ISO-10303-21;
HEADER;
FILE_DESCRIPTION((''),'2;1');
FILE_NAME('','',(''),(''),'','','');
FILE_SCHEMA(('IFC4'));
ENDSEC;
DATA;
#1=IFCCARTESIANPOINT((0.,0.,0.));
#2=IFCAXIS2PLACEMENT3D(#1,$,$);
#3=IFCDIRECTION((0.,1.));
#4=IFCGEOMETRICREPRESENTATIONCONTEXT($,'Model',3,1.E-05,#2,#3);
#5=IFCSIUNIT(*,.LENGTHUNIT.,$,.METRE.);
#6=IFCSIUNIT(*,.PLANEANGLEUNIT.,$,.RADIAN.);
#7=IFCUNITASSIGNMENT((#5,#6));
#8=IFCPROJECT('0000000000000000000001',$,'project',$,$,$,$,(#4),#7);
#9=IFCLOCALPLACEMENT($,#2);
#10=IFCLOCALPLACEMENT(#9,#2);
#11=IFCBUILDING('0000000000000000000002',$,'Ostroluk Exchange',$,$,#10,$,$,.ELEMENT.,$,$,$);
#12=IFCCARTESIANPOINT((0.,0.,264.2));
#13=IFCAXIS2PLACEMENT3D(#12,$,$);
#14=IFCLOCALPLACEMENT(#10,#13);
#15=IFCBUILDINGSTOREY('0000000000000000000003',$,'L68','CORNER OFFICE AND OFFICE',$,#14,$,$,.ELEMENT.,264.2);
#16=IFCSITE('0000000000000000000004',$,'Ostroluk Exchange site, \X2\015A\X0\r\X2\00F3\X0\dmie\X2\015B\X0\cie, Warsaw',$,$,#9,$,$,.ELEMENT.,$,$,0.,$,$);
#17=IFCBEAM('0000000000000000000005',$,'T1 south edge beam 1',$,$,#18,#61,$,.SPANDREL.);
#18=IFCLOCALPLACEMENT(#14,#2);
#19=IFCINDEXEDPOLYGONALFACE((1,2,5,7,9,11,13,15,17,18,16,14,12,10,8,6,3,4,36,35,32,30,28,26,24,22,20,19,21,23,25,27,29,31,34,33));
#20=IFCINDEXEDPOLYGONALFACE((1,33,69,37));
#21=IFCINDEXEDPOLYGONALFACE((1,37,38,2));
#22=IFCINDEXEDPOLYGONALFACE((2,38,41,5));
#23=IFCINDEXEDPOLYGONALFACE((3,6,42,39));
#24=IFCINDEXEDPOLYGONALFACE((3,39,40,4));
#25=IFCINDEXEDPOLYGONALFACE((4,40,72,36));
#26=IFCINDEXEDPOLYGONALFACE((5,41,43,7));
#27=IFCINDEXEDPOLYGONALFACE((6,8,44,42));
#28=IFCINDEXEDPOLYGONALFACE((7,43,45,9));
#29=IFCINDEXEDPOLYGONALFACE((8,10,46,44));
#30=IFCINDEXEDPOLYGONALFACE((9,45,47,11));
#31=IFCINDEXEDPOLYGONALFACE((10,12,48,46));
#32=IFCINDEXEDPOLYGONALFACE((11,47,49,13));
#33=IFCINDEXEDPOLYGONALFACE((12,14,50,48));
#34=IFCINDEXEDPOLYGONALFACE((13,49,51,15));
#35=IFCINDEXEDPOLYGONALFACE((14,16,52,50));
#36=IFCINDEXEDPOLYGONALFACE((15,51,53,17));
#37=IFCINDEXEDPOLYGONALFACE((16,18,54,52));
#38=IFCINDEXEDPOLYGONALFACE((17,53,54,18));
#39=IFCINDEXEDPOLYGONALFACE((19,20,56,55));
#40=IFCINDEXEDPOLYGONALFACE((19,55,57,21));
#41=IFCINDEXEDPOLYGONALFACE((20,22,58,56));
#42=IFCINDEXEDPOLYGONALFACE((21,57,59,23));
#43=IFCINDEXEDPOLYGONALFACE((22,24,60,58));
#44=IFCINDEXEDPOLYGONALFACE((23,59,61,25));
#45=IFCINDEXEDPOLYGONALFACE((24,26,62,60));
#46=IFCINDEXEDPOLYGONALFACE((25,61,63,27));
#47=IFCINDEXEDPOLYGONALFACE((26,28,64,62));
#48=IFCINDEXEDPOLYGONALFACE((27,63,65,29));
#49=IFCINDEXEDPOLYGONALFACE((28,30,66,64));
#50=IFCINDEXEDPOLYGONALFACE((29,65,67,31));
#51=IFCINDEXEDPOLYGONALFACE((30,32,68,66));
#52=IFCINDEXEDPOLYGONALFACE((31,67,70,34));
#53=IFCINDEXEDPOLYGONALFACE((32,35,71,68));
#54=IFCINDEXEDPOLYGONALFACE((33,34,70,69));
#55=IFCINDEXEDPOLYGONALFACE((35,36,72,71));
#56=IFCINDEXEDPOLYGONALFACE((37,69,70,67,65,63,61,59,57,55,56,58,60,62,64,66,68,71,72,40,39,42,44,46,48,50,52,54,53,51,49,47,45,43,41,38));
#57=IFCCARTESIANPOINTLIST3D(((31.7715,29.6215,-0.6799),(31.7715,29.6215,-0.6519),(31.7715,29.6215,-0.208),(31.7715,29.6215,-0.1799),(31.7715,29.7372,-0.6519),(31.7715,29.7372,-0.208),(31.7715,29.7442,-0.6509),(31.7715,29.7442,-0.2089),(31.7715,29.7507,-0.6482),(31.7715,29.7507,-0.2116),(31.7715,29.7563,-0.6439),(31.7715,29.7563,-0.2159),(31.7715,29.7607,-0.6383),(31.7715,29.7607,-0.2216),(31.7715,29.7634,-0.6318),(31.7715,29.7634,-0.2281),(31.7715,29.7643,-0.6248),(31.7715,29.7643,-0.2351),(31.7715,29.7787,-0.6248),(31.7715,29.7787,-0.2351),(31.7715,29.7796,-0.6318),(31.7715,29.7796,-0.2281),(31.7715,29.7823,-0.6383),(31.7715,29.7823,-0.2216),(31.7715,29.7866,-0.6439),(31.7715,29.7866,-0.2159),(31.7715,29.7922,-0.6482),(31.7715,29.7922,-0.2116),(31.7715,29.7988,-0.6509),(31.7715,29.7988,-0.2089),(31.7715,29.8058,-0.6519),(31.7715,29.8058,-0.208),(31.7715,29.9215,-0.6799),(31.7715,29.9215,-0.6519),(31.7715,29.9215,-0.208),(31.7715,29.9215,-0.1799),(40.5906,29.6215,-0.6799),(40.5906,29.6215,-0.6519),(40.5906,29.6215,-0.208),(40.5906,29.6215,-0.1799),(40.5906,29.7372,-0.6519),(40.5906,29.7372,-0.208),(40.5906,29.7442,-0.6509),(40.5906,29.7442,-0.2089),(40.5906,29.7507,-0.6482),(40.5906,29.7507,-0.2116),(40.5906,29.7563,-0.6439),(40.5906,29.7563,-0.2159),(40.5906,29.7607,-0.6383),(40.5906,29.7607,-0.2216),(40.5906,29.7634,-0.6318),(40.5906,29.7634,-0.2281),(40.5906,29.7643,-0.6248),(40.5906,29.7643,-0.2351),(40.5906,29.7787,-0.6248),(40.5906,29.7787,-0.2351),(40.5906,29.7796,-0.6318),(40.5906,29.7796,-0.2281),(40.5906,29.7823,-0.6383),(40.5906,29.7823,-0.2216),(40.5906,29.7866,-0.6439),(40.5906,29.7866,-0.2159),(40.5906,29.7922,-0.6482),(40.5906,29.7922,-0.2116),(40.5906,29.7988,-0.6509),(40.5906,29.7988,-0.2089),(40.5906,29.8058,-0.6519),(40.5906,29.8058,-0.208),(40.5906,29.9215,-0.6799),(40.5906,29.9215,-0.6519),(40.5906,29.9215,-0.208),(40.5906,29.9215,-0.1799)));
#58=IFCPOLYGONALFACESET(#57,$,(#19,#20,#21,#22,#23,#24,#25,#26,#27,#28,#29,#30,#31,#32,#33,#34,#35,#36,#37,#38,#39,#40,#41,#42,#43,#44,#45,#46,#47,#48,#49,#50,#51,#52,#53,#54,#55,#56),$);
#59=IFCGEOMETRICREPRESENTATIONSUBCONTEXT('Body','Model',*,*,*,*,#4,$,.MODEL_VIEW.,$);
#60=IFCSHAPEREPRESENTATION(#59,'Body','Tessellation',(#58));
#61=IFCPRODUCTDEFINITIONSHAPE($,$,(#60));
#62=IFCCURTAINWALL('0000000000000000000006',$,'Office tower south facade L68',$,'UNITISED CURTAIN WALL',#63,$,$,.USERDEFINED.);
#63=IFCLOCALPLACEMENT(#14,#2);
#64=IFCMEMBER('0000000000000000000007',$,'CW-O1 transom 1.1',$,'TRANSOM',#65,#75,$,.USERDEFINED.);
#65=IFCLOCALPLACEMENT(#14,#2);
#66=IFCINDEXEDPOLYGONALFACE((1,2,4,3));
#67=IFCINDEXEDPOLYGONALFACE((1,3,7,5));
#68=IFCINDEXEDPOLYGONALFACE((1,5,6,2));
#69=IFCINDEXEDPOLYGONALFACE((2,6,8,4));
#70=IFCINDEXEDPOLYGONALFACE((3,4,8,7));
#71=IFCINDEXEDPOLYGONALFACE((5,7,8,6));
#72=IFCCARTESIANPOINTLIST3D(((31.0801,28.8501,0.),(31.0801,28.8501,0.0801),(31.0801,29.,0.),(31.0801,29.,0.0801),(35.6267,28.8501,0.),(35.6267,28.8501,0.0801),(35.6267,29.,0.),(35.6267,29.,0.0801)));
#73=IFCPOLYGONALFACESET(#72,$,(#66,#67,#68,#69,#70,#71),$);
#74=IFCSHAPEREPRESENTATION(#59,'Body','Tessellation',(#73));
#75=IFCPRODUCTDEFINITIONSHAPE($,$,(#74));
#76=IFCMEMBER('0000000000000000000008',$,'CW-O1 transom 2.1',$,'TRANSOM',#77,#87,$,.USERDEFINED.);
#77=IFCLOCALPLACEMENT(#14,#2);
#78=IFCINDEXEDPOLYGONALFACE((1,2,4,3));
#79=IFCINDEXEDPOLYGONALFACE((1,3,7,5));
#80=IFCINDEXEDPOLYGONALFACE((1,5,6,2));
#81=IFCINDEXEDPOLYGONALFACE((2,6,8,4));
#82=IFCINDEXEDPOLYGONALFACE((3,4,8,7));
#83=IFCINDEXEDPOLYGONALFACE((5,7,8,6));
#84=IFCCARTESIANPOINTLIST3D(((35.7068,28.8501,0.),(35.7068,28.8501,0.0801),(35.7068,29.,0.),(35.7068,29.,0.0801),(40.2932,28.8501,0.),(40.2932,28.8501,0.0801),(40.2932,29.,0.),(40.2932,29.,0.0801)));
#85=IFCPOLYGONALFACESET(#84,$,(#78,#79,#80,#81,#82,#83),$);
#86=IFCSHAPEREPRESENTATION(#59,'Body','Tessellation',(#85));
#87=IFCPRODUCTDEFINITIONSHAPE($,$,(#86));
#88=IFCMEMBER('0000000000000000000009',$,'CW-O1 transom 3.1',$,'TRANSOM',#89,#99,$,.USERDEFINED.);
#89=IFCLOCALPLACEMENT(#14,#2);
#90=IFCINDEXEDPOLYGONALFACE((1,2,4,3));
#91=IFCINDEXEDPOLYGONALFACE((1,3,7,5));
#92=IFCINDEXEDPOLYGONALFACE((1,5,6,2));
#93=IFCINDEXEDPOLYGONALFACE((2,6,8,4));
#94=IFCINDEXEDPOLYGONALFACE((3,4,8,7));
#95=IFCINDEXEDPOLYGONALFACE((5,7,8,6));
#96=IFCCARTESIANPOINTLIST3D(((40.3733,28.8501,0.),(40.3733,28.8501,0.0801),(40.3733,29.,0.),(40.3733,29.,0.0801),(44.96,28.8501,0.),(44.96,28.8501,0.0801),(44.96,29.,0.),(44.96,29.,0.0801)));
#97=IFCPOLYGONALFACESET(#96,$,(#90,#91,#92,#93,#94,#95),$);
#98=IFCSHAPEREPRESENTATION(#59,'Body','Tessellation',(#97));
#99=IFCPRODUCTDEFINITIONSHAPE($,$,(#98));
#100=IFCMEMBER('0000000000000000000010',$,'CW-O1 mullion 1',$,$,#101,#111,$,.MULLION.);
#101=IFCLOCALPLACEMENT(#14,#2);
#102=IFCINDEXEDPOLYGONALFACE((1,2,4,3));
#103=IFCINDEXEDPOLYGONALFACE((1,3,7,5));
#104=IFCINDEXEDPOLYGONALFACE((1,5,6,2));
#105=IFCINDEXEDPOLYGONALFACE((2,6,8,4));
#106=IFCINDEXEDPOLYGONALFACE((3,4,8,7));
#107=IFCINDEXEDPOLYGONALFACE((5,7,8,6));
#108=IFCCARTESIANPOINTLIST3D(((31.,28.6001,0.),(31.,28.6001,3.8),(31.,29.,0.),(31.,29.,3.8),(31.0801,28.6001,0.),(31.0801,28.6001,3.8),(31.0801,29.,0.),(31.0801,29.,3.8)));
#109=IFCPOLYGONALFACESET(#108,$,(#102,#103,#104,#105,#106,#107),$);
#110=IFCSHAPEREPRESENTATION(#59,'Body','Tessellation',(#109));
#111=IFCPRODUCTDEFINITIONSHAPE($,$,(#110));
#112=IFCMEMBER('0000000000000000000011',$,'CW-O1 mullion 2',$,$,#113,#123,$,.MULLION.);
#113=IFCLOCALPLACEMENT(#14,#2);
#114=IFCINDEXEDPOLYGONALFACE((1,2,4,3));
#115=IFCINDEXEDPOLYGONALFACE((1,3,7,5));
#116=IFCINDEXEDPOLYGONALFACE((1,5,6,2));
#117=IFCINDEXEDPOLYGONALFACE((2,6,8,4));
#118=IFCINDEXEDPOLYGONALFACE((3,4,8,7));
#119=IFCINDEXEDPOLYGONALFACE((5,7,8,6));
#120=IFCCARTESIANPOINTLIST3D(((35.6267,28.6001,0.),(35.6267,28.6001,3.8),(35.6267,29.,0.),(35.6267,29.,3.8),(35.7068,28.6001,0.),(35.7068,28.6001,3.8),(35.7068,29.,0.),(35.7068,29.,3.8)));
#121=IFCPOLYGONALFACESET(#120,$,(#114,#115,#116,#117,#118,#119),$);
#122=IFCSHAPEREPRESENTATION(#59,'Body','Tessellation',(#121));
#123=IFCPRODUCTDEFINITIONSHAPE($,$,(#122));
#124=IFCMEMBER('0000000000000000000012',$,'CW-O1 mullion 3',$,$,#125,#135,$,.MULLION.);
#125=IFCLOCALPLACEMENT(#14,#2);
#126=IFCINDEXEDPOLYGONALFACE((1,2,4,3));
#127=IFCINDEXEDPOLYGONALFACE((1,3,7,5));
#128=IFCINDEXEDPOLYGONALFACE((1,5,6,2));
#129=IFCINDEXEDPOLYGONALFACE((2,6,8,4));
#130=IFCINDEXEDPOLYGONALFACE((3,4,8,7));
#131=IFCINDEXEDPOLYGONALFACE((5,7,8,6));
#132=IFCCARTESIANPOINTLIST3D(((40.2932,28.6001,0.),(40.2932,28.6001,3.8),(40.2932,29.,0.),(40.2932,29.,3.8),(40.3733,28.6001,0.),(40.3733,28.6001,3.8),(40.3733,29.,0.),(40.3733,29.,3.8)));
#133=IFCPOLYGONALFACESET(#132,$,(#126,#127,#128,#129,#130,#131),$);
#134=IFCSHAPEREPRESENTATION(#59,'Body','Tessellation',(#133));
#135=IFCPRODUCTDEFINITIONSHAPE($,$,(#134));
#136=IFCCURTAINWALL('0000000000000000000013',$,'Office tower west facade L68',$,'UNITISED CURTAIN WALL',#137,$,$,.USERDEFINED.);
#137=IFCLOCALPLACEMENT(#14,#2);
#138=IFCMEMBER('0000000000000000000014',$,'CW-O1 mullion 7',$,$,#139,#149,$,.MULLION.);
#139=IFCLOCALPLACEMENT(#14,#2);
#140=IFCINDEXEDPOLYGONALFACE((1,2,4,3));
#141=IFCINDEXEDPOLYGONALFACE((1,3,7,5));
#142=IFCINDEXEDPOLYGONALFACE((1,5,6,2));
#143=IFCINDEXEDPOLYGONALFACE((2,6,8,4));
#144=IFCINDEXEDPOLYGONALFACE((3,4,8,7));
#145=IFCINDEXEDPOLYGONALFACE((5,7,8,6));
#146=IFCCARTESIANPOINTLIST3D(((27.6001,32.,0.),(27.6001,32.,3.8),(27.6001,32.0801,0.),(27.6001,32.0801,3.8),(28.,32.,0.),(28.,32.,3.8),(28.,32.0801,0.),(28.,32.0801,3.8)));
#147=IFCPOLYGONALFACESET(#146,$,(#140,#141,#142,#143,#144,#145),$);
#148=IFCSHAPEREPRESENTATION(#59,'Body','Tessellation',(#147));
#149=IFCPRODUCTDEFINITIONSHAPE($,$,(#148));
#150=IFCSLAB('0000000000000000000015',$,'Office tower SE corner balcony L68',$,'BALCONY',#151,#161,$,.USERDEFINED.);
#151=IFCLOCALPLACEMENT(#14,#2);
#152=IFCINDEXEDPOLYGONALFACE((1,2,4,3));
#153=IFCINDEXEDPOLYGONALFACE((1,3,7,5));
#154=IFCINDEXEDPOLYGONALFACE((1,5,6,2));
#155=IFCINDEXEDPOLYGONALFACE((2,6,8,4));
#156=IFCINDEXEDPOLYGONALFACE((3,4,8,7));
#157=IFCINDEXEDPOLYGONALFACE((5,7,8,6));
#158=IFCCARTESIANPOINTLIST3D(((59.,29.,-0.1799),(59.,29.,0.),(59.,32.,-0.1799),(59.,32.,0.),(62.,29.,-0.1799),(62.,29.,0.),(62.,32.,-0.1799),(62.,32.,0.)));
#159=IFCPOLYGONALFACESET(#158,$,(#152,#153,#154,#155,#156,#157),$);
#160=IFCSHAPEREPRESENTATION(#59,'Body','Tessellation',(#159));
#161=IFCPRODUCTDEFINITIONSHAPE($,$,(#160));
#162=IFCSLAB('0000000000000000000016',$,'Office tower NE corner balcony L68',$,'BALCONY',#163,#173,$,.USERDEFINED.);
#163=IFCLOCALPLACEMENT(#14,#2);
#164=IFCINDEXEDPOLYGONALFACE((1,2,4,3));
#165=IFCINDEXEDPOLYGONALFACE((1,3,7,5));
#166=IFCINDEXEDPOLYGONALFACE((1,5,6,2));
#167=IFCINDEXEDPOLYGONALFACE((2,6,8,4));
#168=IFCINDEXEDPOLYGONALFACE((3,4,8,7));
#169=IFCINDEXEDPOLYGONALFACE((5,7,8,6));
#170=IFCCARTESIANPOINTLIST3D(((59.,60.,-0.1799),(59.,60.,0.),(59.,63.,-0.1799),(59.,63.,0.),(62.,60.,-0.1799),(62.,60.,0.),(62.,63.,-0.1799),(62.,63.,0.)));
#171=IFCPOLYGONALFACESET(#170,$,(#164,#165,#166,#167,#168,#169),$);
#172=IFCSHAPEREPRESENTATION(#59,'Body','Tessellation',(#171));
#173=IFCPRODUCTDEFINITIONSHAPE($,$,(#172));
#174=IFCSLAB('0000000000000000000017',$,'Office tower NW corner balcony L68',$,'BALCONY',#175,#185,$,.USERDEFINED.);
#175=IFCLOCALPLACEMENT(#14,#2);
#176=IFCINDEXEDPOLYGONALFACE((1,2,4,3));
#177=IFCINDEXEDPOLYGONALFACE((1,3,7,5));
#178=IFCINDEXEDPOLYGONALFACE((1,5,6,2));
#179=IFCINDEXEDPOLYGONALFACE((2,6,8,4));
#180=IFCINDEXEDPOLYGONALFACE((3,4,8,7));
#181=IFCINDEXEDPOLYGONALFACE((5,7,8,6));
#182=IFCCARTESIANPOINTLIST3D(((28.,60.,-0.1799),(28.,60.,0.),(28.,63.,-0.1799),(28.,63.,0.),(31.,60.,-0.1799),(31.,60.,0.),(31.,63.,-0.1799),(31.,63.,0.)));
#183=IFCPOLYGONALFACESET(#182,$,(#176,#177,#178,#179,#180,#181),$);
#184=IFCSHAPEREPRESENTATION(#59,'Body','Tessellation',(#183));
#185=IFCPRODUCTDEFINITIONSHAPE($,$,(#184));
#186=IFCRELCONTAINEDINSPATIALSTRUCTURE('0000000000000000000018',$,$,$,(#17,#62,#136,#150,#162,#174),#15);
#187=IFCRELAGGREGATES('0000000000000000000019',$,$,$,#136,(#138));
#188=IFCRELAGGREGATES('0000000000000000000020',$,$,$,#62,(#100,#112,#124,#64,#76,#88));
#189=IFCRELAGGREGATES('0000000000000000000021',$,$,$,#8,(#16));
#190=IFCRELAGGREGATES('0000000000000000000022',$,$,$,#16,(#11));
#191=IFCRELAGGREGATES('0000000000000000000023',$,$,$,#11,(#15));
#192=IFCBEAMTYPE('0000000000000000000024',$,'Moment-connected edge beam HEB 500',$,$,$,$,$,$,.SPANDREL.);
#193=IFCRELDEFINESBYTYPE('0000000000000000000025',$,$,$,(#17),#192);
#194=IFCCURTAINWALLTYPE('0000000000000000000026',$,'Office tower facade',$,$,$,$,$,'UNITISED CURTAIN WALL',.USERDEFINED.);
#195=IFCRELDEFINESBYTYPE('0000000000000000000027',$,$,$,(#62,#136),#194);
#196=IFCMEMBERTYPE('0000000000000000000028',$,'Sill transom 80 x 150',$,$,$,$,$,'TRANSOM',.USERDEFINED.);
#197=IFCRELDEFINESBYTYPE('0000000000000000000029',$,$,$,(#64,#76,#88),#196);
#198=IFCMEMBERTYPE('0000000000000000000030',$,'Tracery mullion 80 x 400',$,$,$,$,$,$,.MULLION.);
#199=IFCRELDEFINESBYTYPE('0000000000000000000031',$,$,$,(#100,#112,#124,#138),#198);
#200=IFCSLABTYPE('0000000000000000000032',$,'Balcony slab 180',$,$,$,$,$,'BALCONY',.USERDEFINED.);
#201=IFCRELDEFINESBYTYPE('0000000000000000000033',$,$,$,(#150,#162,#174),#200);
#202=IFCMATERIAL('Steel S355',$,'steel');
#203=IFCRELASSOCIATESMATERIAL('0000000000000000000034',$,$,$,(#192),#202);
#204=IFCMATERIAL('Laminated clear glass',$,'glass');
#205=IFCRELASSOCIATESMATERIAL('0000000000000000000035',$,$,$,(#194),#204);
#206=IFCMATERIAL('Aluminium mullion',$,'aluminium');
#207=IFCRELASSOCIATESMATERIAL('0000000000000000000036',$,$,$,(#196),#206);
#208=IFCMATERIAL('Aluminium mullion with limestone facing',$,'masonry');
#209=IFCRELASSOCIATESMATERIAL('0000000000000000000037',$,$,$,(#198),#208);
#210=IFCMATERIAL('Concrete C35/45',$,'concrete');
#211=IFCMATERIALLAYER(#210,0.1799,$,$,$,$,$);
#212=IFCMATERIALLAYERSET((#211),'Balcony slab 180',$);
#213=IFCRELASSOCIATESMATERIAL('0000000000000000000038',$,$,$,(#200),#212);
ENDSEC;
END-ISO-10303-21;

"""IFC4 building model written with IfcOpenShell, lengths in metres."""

from ifc_helpers import new_model, si_unit, direction, frame, origin, origin_2d, place, context, subcontext, project, spatial, polyline, rectangle, i_section, outline, extrude, material, layer, layer_set, material_profile, profile_set, type_object, element, aggregate, save


model = new_model("IFC4")

# Units and contexts
model_context = context("Model", 3, precision=1e-05, world=origin(), true_north=direction((0.0, 1.0)))
body_context = subcontext(model_context, "Body", "Model", "MODEL_VIEW")
ifc_project = project(units=[si_unit("LENGTHUNIT", "METRE"), si_unit("PLANEANGLEUNIT", "RADIAN")], contexts=[model_context])

# Site, building, storey
site_placement = place(None, origin())
site = spatial("IfcSite", under=ifc_project, at=site_placement, Name="Ostroluk Exchange site, Śródmieście, Warsaw", CompositionType="ELEMENT", RefElevation=0.0)
building_placement = place(site_placement, origin())
building = spatial("IfcBuilding", under=site, at=building_placement, Name="Ostroluk Exchange", CompositionType="ELEMENT")
storey_placement = place(building_placement, frame((0.0, 0.0, 264.2)))
storey = spatial("IfcBuildingStorey", under=building, at=storey_placement, Name="L68", Description="CORNER OFFICE AND OFFICE", CompositionType="ELEMENT", Elevation=264.2)

# Beam
ifc_material_1 = material(Name="Steel S355", Category="steel")
ifc_material_profile_1 = material_profile(ifc_material_1, i_section(OverallWidth=0.3, OverallDepth=0.5, WebThickness=0.0144, FlangeThickness=0.0281, FilletRadius=0.0271, at=origin_2d()), Name="HEB 500")
ifc_profile_set_1 = profile_set([ifc_material_profile_1], Name="Steel S355")
beam_type_1 = type_object("IfcBeamType", Name="Moment-connected edge beam HEB 500", PredefinedType="SPANDREL", material=ifc_profile_set_1)
beam_1_placement = place(storey_placement, frame((31.7715, 29.7715, -0.4299), z_axis=(1.0, 0.0, 0.0), x_axis=(0.0, 1.0, 0.0)))
element("IfcBeam", 1, at=beam_1_placement, inside=storey, type_object=beam_type_1, Name="T1 south edge beam 1", PredefinedType="SPANDREL", context=body_context, shape_type="SweptSolid", body=[
    extrude(i_section(OverallWidth=0.3, OverallDepth=0.5, WebThickness=0.0144, FlangeThickness=0.0281, FilletRadius=0.0271, at=origin_2d()), origin(), (0.0, 0.0, 1.0), 8.8191),
])

# Curtain wall, members
ifc_material_2 = material(Name="Laminated clear glass", Category="glass")
curtain_wall_type = type_object("IfcCurtainWallType", Name="Office tower facade", ElementType="UNITISED CURTAIN WALL", PredefinedType="USERDEFINED", material=ifc_material_2)
curtain_wall_1_placement = place(storey_placement, origin())
curtain_wall_1 = element("IfcCurtainWall", 2, at=curtain_wall_1_placement, inside=storey, type_object=curtain_wall_type, Name="Office tower south facade L68", ObjectType="UNITISED CURTAIN WALL", PredefinedType="USERDEFINED")
ifc_material_3 = material(Name="Aluminium mullion", Category="aluminium")
ifc_material_profile_2 = material_profile(ifc_material_3, rectangle(XDim=0.1499, YDim=0.0801, at=origin_2d()), Name="Sill transom 80 x 150")
ifc_profile_set_2 = profile_set([ifc_material_profile_2], Name="Aluminium mullion")
member_type_1 = type_object("IfcMemberType", Name="Sill transom 80 x 150", ElementType="TRANSOM", PredefinedType="USERDEFINED", material=ifc_profile_set_2)
member_1_placement = place(storey_placement, frame((31.0801, 28.925, 0.04), z_axis=(1.0, 0.0, 0.0), x_axis=(0.0, 1.0, 0.0)))
member_1 = element("IfcMember", 3, at=member_1_placement, type_object=member_type_1, Name="CW-O1 transom 1.1", ObjectType="TRANSOM", PredefinedType="USERDEFINED", context=body_context, shape_type="SweptSolid", body=[
    extrude(rectangle(XDim=0.1499, YDim=0.0801, at=origin_2d()), origin(), (0.0, 0.0, 1.0), 4.5466),
])
member_2_placement = place(storey_placement, frame((35.7068, 28.925, 0.04), z_axis=(1.0, 0.0, 0.0), x_axis=(0.0, 1.0, 0.0)))
member_2 = element("IfcMember", 4, at=member_2_placement, type_object=member_type_1, Name="CW-O1 transom 2.1", ObjectType="TRANSOM", PredefinedType="USERDEFINED", context=body_context, shape_type="SweptSolid", body=[
    extrude(rectangle(XDim=0.1499, YDim=0.0801, at=origin_2d()), origin(), (0.0, 0.0, 1.0), 4.5864),
])
member_3_placement = place(storey_placement, frame((40.3733, 28.925, 0.04), z_axis=(1.0, 0.0, 0.0), x_axis=(0.0, 1.0, 0.0)))
member_3 = element("IfcMember", 5, at=member_3_placement, type_object=member_type_1, Name="CW-O1 transom 3.1", ObjectType="TRANSOM", PredefinedType="USERDEFINED", context=body_context, shape_type="SweptSolid", body=[
    extrude(rectangle(XDim=0.1499, YDim=0.0801, at=origin_2d()), origin(), (0.0, 0.0, 1.0), 4.5867),
])
ifc_material_4 = material(Name="Aluminium mullion with limestone facing", Category="masonry")
ifc_material_profile_3 = material_profile(ifc_material_4, rectangle(XDim=0.3999, YDim=0.0801, at=origin_2d()), Name="Tracery mullion 80 x 400")
ifc_profile_set_3 = profile_set([ifc_material_profile_3], Name="Aluminium mullion with limestone facing")
member_type_2 = type_object("IfcMemberType", Name="Tracery mullion 80 x 400", PredefinedType="MULLION", material=ifc_profile_set_3)
member_4_placement = place(storey_placement, frame((31.04, 28.8, 0.0), z_axis=(0.0, 0.0, 1.0), x_axis=(0.0, 1.0, 0.0)))
member_4 = element("IfcMember", 6, at=member_4_placement, type_object=member_type_2, Name="CW-O1 mullion 1", PredefinedType="MULLION", context=body_context, shape_type="SweptSolid", body=[
    extrude(rectangle(XDim=0.3999, YDim=0.0801, at=origin_2d()), origin(), (0.0, 0.0, 1.0), 3.8),
])
member_5_placement = place(storey_placement, frame((35.6667, 28.8, 0.0), z_axis=(0.0, 0.0, 1.0), x_axis=(0.0, 1.0, 0.0)))
member_5 = element("IfcMember", 7, at=member_5_placement, type_object=member_type_2, Name="CW-O1 mullion 2", PredefinedType="MULLION", context=body_context, shape_type="SweptSolid", body=[
    extrude(rectangle(XDim=0.3999, YDim=0.0801, at=origin_2d()), origin(), (0.0, 0.0, 1.0), 3.8),
])
member_6_placement = place(storey_placement, frame((40.3333, 28.8, 0.0), z_axis=(0.0, 0.0, 1.0), x_axis=(0.0, 1.0, 0.0)))
member_6 = element("IfcMember", 8, at=member_6_placement, type_object=member_type_2, Name="CW-O1 mullion 3", PredefinedType="MULLION", context=body_context, shape_type="SweptSolid", body=[
    extrude(rectangle(XDim=0.3999, YDim=0.0801, at=origin_2d()), origin(), (0.0, 0.0, 1.0), 3.8),
])

# Curtain wall, member
curtain_wall_2_placement = place(storey_placement, origin())
curtain_wall_2 = element("IfcCurtainWall", 9, at=curtain_wall_2_placement, inside=storey, type_object=curtain_wall_type, Name="Office tower west facade L68", ObjectType="UNITISED CURTAIN WALL", PredefinedType="USERDEFINED")
member_7_placement = place(storey_placement, frame((27.8, 32.04, 0.0), z_axis=(0.0, 0.0, 1.0), x_axis=(1.0, 0.0, 0.0)))
member_7 = element("IfcMember", 10, at=member_7_placement, type_object=member_type_2, Name="CW-O1 mullion 7", PredefinedType="MULLION", context=body_context, shape_type="SweptSolid", body=[
    extrude(rectangle(XDim=0.3999, YDim=0.0801, at=origin_2d()), origin(), (0.0, 0.0, 1.0), 3.8),
])
aggregate(curtain_wall_2, [member_7])

# Slabs
ifc_material_5 = material(Name="Concrete C35/45", Category="concrete")
ifc_layer_1 = layer(ifc_material_5, 0.1799)
ifc_layer_set_1 = layer_set([ifc_layer_1], Name="Balcony slab 180")
slab_type_1 = type_object("IfcSlabType", Name="Balcony slab 180", ElementType="BALCONY", PredefinedType="USERDEFINED", material=ifc_layer_set_1)
slab_1_placement = place(storey_placement, frame((0.0, 0.0, -0.1799)))
element("IfcSlab", 11, at=slab_1_placement, inside=storey, type_object=slab_type_1, Name="Office tower SE corner balcony L68", ObjectType="BALCONY", PredefinedType="USERDEFINED", context=body_context, shape_type="SweptSolid", body=[
    extrude(outline(polyline([(59.0, 29.0), (62.0, 29.0), (62.0, 32.0), (59.0, 32.0), (59.0, 29.0)])), origin(), (0.0, 0.0, 1.0), 0.1799),
])
slab_2_placement = place(storey_placement, frame((0.0, 0.0, -0.1799)))
element("IfcSlab", 12, at=slab_2_placement, inside=storey, type_object=slab_type_1, Name="Office tower NE corner balcony L68", ObjectType="BALCONY", PredefinedType="USERDEFINED", context=body_context, shape_type="SweptSolid", body=[
    extrude(outline(polyline([(59.0, 60.0), (62.0, 60.0), (62.0, 63.0), (59.0, 63.0), (59.0, 60.0)])), origin(), (0.0, 0.0, 1.0), 0.1799),
])
slab_3_placement = place(storey_placement, frame((0.0, 0.0, -0.1799)))
element("IfcSlab", 13, at=slab_3_placement, inside=storey, type_object=slab_type_1, Name="Office tower NW corner balcony L68", ObjectType="BALCONY", PredefinedType="USERDEFINED", context=body_context, shape_type="SweptSolid", body=[
    extrude(outline(polyline([(28.0, 60.0), (31.0, 60.0), (31.0, 63.0), (28.0, 63.0), (28.0, 60.0)])), origin(), (0.0, 0.0, 1.0), 0.1799),
])

aggregate(curtain_wall_1, [member_4, member_5, member_6, member_1, member_2, member_3])

save(model, "model.ifc")
